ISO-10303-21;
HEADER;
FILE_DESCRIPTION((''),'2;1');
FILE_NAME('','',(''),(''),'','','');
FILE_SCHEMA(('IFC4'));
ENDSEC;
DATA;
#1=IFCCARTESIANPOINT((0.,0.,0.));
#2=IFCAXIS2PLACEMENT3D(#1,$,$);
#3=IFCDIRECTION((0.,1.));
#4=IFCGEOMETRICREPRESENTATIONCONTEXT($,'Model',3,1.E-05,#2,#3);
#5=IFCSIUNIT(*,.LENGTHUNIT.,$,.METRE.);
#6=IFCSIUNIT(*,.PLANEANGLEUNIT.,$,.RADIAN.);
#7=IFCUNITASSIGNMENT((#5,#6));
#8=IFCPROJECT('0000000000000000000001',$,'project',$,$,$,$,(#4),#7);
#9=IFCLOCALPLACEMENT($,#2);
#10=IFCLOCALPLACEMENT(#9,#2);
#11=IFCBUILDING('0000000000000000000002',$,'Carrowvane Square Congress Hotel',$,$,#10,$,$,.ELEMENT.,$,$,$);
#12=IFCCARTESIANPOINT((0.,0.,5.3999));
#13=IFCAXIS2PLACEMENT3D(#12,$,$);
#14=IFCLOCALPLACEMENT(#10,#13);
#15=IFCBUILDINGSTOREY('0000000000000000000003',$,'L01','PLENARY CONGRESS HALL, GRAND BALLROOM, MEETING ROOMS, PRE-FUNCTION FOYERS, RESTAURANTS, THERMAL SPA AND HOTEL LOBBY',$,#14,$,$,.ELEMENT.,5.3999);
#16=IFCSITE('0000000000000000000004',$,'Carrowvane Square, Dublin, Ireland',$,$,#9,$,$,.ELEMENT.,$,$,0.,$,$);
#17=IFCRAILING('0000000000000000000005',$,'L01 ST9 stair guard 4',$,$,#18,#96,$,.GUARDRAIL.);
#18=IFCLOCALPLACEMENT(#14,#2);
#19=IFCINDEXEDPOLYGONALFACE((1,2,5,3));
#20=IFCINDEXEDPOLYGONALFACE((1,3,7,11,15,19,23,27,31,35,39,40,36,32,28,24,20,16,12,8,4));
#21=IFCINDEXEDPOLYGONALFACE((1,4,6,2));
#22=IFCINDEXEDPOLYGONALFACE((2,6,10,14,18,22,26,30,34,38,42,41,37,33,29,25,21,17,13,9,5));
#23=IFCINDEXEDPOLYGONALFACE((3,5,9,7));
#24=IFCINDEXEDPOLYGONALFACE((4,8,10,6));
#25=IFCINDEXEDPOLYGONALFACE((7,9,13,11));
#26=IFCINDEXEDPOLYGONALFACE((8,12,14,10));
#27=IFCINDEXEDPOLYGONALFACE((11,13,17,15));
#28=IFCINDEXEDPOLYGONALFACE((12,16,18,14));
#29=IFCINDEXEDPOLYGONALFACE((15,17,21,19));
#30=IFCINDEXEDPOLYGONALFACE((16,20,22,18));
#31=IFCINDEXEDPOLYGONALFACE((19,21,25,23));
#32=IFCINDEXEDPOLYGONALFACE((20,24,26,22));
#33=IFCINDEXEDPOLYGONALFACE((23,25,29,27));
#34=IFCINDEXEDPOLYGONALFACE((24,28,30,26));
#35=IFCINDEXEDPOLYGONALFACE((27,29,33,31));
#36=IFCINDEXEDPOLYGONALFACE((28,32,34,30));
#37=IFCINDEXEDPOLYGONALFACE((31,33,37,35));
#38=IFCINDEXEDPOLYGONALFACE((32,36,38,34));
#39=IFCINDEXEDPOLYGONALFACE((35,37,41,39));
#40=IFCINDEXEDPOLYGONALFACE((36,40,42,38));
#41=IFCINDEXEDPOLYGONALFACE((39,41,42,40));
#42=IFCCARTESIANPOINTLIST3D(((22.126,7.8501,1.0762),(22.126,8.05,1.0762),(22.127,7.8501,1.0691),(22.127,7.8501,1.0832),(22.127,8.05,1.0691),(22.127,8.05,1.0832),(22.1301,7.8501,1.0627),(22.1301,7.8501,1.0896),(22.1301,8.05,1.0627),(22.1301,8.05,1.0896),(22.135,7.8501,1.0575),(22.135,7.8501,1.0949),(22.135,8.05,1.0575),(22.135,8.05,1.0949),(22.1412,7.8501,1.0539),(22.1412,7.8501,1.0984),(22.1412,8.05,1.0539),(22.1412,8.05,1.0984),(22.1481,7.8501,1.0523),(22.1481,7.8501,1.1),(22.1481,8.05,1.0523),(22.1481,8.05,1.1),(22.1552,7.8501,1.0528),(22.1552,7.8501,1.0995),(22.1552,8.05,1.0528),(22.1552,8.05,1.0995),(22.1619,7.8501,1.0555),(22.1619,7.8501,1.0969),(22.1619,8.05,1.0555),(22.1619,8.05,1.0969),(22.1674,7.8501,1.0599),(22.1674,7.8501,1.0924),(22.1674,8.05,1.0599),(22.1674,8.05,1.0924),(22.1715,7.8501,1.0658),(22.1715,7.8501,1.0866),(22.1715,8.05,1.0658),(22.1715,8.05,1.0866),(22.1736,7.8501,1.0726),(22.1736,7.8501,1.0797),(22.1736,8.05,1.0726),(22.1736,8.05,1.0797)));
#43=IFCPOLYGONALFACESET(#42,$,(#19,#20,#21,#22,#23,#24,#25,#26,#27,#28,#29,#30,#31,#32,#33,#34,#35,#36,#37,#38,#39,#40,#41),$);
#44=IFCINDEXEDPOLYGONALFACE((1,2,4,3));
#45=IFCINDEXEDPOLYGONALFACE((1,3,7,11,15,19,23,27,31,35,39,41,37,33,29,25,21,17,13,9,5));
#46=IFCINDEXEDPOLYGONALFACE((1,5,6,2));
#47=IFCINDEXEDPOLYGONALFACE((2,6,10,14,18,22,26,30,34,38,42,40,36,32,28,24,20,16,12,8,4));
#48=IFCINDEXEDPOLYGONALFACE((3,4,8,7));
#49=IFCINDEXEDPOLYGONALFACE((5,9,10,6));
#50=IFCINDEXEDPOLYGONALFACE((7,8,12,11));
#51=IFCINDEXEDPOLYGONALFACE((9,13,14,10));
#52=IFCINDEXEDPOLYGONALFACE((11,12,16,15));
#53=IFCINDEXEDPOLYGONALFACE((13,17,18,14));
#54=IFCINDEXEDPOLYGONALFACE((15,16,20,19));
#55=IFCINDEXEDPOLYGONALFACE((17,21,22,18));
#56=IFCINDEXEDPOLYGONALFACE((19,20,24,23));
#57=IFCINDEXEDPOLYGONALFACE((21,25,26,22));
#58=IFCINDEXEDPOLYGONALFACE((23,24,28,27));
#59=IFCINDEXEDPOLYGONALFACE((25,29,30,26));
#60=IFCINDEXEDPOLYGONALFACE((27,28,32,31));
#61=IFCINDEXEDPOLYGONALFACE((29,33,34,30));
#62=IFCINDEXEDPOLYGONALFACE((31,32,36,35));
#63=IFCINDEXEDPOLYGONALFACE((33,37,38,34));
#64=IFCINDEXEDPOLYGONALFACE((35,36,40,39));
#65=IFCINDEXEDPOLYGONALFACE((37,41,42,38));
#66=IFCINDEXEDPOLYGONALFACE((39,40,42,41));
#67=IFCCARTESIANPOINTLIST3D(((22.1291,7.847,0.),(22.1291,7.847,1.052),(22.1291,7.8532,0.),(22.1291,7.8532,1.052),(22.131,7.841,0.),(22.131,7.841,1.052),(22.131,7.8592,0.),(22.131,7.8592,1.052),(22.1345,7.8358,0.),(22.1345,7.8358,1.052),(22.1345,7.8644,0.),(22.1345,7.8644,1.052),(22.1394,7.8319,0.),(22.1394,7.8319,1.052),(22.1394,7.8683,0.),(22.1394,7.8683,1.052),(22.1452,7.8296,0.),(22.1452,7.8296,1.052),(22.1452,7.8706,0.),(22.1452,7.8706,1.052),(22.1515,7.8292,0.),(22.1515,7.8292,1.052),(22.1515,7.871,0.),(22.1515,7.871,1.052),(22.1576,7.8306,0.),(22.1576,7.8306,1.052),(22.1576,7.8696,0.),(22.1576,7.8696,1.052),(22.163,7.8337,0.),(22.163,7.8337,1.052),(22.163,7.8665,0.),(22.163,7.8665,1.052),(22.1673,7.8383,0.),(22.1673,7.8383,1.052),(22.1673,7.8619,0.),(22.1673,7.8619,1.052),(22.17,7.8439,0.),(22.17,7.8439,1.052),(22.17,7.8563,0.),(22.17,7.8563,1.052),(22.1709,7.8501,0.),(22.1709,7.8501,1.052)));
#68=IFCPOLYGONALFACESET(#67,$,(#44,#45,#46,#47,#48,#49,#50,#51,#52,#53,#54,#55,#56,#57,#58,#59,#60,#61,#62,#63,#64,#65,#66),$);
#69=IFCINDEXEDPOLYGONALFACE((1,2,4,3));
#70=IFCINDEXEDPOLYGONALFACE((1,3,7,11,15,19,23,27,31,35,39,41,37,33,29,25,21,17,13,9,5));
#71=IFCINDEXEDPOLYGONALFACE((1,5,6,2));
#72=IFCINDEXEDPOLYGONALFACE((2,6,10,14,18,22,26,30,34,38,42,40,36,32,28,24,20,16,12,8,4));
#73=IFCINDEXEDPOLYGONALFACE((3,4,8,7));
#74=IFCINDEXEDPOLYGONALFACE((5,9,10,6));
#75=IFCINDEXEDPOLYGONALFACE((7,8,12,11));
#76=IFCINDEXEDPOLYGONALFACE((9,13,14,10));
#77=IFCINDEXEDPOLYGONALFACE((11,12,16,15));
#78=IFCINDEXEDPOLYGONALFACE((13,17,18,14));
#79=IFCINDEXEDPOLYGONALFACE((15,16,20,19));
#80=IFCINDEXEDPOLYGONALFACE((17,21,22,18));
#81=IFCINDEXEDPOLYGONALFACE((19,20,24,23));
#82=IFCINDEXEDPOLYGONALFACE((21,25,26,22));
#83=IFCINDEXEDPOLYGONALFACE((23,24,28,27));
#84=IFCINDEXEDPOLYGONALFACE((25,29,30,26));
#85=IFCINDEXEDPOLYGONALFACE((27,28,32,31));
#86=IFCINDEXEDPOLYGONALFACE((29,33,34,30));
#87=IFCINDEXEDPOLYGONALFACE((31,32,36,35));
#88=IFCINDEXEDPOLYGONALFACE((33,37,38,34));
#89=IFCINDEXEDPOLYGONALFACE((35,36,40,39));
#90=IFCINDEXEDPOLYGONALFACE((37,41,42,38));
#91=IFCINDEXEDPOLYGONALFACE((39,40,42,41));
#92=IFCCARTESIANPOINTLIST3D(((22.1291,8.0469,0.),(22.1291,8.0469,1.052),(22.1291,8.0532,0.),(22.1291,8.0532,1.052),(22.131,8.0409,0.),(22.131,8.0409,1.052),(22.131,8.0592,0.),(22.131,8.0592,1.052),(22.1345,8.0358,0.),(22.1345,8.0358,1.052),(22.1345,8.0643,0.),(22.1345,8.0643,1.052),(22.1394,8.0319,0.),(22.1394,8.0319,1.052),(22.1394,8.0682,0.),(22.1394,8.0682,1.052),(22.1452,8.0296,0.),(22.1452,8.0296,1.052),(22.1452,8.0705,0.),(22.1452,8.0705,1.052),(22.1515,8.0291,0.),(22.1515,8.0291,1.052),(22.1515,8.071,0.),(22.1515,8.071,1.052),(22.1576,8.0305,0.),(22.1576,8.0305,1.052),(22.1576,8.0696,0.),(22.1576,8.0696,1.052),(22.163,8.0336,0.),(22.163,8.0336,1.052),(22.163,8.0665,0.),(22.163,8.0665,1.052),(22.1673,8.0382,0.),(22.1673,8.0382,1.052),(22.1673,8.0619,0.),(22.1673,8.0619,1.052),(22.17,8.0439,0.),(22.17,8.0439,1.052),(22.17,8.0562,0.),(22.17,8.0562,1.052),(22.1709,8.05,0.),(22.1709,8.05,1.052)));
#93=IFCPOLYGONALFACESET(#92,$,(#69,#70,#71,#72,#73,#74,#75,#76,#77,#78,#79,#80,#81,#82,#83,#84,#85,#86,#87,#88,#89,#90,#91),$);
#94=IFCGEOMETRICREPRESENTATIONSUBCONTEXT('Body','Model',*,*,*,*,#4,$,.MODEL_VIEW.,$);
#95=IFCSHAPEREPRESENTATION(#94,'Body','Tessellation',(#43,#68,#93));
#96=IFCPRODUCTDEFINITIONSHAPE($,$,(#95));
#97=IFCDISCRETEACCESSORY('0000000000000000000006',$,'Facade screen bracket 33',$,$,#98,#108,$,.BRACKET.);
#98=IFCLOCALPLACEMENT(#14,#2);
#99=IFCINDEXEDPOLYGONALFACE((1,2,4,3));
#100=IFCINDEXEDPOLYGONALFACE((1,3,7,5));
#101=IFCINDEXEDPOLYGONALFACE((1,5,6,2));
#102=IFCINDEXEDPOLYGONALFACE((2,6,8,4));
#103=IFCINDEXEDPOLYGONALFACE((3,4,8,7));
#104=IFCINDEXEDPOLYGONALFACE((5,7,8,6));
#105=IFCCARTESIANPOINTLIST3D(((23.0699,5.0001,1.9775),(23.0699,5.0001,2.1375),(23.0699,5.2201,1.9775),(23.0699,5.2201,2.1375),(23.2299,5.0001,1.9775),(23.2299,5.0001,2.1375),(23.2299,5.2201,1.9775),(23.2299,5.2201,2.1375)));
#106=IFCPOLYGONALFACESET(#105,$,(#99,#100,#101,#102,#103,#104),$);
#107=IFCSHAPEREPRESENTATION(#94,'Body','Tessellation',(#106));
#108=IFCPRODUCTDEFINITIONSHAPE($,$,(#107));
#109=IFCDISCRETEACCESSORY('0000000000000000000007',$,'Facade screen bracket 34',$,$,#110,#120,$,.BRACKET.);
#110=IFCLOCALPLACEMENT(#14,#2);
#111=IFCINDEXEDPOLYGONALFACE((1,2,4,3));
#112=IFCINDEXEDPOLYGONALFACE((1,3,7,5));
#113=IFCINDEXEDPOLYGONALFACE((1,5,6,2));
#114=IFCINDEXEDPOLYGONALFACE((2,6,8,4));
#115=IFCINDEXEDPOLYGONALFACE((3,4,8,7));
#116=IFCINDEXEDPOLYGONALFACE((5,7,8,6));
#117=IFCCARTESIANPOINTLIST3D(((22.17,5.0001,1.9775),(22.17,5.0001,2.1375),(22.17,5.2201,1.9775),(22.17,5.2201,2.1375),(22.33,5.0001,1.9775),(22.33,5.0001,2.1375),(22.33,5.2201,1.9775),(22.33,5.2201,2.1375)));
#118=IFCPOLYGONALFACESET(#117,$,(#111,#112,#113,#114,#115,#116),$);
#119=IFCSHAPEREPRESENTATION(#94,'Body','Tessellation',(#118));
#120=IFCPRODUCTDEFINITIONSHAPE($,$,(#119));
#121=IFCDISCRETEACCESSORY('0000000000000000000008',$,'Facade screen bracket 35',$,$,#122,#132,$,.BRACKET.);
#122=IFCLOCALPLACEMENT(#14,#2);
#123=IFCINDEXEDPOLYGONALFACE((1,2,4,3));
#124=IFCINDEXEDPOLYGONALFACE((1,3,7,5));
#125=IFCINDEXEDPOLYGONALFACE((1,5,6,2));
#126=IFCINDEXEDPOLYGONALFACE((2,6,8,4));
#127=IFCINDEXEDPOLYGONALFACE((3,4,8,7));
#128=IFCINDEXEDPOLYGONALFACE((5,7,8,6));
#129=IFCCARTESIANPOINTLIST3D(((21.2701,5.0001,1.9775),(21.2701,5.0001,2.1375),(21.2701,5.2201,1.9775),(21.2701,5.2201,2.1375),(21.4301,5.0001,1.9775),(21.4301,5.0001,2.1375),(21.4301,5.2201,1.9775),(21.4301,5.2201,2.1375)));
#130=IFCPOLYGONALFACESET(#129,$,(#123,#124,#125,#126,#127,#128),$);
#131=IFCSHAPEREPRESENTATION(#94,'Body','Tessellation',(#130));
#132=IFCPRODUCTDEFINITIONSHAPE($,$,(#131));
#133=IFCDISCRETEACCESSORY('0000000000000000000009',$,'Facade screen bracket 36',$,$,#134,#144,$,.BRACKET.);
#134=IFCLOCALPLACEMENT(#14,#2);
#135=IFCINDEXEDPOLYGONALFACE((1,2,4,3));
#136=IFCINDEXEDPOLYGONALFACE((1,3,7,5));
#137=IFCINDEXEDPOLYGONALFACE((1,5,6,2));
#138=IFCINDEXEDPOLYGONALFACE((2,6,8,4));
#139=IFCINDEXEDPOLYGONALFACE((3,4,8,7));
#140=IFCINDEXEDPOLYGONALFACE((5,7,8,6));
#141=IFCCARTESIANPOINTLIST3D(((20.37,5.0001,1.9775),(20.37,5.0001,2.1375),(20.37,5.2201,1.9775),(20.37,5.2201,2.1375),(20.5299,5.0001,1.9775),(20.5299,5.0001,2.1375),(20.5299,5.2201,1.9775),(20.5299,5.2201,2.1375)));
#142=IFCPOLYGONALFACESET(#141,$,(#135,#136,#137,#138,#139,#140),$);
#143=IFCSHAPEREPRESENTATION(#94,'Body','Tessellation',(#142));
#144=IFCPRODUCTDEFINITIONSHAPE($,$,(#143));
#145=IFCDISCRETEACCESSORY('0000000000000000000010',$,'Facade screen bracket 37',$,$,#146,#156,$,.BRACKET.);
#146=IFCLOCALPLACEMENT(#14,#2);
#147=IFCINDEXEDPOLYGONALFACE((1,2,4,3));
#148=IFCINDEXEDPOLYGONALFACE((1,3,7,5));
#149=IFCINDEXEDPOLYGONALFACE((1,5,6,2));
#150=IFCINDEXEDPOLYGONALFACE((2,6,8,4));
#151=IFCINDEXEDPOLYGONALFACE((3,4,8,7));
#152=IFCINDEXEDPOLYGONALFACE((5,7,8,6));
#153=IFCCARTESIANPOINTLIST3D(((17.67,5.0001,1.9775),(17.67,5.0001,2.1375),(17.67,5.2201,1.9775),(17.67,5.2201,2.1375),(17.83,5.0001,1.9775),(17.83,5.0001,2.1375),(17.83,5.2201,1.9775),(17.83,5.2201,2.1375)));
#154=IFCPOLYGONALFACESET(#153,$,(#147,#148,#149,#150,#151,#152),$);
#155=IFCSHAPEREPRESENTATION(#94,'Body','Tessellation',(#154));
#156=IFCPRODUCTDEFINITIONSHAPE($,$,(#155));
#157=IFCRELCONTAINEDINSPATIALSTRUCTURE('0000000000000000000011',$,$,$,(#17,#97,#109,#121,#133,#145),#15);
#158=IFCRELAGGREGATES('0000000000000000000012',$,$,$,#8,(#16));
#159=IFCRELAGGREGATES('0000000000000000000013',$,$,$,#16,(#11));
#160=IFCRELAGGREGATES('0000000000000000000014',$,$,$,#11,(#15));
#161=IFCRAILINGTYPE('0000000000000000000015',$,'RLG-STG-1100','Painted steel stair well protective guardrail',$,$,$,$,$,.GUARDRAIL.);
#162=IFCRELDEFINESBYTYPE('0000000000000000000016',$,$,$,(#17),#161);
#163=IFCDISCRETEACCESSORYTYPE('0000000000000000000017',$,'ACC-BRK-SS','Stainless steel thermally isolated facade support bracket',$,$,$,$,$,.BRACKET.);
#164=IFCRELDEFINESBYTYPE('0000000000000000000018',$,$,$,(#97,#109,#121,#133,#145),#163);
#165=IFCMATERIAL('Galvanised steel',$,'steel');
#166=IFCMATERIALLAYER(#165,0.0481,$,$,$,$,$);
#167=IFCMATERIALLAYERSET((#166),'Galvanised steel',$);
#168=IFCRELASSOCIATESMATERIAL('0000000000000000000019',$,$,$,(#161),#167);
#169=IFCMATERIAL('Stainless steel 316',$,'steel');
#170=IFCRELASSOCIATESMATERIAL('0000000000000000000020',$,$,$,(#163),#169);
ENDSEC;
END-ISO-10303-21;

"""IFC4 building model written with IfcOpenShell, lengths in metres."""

from ifc_helpers import new_model, si_unit, direction, frame, origin, origin_2d, place, context, subcontext, project, spatial, rectangle, circle, extrude, material, layer, layer_set, type_object, element, save


model = new_model("IFC4")

# Units and contexts
model_context = context("Model", 3, precision=1e-05, world=origin(), true_north=direction((0.0, 1.0)))
body_context = subcontext(model_context, "Body", "Model", "MODEL_VIEW")
ifc_project = project(units=[si_unit("LENGTHUNIT", "METRE"), si_unit("PLANEANGLEUNIT", "RADIAN")], contexts=[model_context])

# Site, building, storey
site_placement = place(None, origin())
site = spatial("IfcSite", under=ifc_project, at=site_placement, Name="Carrowvane Square, Dublin, Ireland", CompositionType="ELEMENT", RefElevation=0.0)
building_placement = place(site_placement, origin())
building = spatial("IfcBuilding", under=site, at=building_placement, Name="Carrowvane Square Congress Hotel", CompositionType="ELEMENT")
storey_placement = place(building_placement, frame((0.0, 0.0, 5.3999)))
storey = spatial("IfcBuildingStorey", under=building, at=storey_placement, Name="L01", Description="PLENARY CONGRESS HALL, GRAND BALLROOM, MEETING ROOMS, PRE-FUNCTION FOYERS, RESTAURANTS, THERMAL SPA AND HOTEL LOBBY", CompositionType="ELEMENT", Elevation=5.3999)

# Railing
ifc_material_1 = material(Name="Galvanised steel", Category="steel")
ifc_layer_1 = layer(ifc_material_1, 0.0481)
ifc_layer_set_1 = layer_set([ifc_layer_1], Name="Galvanised steel")
railing_type_1 = type_object("IfcRailingType", Name="RLG-STG-1100", Description="Painted steel stair well protective guardrail", PredefinedType="GUARDRAIL", material=ifc_layer_set_1)
railing_1_placement = place(storey_placement, frame((22.1499, 7.8501, 0.0)))
element("IfcRailing", 1, at=railing_1_placement, inside=storey, type_object=railing_type_1, Name="L01 ST9 stair guard 4", PredefinedType="GUARDRAIL", context=body_context, shape_type="SweptSolid", body=[
    extrude(circle(Radius=0.0239, at=origin_2d()), frame((0.0, 0.0, 1.0762), z_axis=(0.0, 1.0, 0.0), x_axis=(-1.0, 0.0, 0.0)), (0.0, 0.0, 1.0), 0.2),
    extrude(circle(Radius=0.021, at=origin_2d()), origin(), (0.0, 0.0, 1.0), 1.052),
    extrude(circle(Radius=0.021, at=origin_2d()), frame((0.0, 0.2, 0.0)), (0.0, 0.0, 1.0), 1.052),
])

# Discrete accessories
ifc_material_2 = material(Name="Stainless steel 316", Category="steel")
discrete_accessory_type = type_object("IfcDiscreteAccessoryType", Name="ACC-BRK-SS", Description="Stainless steel thermally isolated facade support bracket", PredefinedType="BRACKET", material=ifc_material_2)
for number, where, z_axis, x_axis, name in (
    (2, (23.1499, 5.1101, 1.9775), (0.0, 0.0, 1.0), (-1.0, 0.0, 0.0), "Facade screen bracket 33"),
    (3, (22.25, 5.1101, 1.9775), (0.0, 0.0, 1.0), (-1.0, 0.0, 0.0), "Facade screen bracket 34"),
    (4, (21.3501, 5.1101, 1.9775), (0.0, 0.0, 1.0), (-1.0, 0.0, 0.0), "Facade screen bracket 35"),
    (5, (20.45, 5.1101, 1.9775), (0.0, 0.0, 1.0), (-1.0, 0.0, 0.0), "Facade screen bracket 36"),
    (6, (17.75, 5.1101, 1.9775), (0.0, 0.0, 1.0), (-1.0, 0.0, 0.0), "Facade screen bracket 37"),
):
    element("IfcDiscreteAccessory", number, at=place(storey_placement, frame(where, z_axis=z_axis, x_axis=x_axis)), inside=storey, type_object=discrete_accessory_type, Name=name, PredefinedType="BRACKET", context=body_context, shape_type="SweptSolid", body=[
        extrude(rectangle(XDim=0.1599, YDim=0.22, at=origin_2d()), origin(), (0.0, 0.0, 1.0), 0.1599),
    ])

save(model, "model.ifc")
